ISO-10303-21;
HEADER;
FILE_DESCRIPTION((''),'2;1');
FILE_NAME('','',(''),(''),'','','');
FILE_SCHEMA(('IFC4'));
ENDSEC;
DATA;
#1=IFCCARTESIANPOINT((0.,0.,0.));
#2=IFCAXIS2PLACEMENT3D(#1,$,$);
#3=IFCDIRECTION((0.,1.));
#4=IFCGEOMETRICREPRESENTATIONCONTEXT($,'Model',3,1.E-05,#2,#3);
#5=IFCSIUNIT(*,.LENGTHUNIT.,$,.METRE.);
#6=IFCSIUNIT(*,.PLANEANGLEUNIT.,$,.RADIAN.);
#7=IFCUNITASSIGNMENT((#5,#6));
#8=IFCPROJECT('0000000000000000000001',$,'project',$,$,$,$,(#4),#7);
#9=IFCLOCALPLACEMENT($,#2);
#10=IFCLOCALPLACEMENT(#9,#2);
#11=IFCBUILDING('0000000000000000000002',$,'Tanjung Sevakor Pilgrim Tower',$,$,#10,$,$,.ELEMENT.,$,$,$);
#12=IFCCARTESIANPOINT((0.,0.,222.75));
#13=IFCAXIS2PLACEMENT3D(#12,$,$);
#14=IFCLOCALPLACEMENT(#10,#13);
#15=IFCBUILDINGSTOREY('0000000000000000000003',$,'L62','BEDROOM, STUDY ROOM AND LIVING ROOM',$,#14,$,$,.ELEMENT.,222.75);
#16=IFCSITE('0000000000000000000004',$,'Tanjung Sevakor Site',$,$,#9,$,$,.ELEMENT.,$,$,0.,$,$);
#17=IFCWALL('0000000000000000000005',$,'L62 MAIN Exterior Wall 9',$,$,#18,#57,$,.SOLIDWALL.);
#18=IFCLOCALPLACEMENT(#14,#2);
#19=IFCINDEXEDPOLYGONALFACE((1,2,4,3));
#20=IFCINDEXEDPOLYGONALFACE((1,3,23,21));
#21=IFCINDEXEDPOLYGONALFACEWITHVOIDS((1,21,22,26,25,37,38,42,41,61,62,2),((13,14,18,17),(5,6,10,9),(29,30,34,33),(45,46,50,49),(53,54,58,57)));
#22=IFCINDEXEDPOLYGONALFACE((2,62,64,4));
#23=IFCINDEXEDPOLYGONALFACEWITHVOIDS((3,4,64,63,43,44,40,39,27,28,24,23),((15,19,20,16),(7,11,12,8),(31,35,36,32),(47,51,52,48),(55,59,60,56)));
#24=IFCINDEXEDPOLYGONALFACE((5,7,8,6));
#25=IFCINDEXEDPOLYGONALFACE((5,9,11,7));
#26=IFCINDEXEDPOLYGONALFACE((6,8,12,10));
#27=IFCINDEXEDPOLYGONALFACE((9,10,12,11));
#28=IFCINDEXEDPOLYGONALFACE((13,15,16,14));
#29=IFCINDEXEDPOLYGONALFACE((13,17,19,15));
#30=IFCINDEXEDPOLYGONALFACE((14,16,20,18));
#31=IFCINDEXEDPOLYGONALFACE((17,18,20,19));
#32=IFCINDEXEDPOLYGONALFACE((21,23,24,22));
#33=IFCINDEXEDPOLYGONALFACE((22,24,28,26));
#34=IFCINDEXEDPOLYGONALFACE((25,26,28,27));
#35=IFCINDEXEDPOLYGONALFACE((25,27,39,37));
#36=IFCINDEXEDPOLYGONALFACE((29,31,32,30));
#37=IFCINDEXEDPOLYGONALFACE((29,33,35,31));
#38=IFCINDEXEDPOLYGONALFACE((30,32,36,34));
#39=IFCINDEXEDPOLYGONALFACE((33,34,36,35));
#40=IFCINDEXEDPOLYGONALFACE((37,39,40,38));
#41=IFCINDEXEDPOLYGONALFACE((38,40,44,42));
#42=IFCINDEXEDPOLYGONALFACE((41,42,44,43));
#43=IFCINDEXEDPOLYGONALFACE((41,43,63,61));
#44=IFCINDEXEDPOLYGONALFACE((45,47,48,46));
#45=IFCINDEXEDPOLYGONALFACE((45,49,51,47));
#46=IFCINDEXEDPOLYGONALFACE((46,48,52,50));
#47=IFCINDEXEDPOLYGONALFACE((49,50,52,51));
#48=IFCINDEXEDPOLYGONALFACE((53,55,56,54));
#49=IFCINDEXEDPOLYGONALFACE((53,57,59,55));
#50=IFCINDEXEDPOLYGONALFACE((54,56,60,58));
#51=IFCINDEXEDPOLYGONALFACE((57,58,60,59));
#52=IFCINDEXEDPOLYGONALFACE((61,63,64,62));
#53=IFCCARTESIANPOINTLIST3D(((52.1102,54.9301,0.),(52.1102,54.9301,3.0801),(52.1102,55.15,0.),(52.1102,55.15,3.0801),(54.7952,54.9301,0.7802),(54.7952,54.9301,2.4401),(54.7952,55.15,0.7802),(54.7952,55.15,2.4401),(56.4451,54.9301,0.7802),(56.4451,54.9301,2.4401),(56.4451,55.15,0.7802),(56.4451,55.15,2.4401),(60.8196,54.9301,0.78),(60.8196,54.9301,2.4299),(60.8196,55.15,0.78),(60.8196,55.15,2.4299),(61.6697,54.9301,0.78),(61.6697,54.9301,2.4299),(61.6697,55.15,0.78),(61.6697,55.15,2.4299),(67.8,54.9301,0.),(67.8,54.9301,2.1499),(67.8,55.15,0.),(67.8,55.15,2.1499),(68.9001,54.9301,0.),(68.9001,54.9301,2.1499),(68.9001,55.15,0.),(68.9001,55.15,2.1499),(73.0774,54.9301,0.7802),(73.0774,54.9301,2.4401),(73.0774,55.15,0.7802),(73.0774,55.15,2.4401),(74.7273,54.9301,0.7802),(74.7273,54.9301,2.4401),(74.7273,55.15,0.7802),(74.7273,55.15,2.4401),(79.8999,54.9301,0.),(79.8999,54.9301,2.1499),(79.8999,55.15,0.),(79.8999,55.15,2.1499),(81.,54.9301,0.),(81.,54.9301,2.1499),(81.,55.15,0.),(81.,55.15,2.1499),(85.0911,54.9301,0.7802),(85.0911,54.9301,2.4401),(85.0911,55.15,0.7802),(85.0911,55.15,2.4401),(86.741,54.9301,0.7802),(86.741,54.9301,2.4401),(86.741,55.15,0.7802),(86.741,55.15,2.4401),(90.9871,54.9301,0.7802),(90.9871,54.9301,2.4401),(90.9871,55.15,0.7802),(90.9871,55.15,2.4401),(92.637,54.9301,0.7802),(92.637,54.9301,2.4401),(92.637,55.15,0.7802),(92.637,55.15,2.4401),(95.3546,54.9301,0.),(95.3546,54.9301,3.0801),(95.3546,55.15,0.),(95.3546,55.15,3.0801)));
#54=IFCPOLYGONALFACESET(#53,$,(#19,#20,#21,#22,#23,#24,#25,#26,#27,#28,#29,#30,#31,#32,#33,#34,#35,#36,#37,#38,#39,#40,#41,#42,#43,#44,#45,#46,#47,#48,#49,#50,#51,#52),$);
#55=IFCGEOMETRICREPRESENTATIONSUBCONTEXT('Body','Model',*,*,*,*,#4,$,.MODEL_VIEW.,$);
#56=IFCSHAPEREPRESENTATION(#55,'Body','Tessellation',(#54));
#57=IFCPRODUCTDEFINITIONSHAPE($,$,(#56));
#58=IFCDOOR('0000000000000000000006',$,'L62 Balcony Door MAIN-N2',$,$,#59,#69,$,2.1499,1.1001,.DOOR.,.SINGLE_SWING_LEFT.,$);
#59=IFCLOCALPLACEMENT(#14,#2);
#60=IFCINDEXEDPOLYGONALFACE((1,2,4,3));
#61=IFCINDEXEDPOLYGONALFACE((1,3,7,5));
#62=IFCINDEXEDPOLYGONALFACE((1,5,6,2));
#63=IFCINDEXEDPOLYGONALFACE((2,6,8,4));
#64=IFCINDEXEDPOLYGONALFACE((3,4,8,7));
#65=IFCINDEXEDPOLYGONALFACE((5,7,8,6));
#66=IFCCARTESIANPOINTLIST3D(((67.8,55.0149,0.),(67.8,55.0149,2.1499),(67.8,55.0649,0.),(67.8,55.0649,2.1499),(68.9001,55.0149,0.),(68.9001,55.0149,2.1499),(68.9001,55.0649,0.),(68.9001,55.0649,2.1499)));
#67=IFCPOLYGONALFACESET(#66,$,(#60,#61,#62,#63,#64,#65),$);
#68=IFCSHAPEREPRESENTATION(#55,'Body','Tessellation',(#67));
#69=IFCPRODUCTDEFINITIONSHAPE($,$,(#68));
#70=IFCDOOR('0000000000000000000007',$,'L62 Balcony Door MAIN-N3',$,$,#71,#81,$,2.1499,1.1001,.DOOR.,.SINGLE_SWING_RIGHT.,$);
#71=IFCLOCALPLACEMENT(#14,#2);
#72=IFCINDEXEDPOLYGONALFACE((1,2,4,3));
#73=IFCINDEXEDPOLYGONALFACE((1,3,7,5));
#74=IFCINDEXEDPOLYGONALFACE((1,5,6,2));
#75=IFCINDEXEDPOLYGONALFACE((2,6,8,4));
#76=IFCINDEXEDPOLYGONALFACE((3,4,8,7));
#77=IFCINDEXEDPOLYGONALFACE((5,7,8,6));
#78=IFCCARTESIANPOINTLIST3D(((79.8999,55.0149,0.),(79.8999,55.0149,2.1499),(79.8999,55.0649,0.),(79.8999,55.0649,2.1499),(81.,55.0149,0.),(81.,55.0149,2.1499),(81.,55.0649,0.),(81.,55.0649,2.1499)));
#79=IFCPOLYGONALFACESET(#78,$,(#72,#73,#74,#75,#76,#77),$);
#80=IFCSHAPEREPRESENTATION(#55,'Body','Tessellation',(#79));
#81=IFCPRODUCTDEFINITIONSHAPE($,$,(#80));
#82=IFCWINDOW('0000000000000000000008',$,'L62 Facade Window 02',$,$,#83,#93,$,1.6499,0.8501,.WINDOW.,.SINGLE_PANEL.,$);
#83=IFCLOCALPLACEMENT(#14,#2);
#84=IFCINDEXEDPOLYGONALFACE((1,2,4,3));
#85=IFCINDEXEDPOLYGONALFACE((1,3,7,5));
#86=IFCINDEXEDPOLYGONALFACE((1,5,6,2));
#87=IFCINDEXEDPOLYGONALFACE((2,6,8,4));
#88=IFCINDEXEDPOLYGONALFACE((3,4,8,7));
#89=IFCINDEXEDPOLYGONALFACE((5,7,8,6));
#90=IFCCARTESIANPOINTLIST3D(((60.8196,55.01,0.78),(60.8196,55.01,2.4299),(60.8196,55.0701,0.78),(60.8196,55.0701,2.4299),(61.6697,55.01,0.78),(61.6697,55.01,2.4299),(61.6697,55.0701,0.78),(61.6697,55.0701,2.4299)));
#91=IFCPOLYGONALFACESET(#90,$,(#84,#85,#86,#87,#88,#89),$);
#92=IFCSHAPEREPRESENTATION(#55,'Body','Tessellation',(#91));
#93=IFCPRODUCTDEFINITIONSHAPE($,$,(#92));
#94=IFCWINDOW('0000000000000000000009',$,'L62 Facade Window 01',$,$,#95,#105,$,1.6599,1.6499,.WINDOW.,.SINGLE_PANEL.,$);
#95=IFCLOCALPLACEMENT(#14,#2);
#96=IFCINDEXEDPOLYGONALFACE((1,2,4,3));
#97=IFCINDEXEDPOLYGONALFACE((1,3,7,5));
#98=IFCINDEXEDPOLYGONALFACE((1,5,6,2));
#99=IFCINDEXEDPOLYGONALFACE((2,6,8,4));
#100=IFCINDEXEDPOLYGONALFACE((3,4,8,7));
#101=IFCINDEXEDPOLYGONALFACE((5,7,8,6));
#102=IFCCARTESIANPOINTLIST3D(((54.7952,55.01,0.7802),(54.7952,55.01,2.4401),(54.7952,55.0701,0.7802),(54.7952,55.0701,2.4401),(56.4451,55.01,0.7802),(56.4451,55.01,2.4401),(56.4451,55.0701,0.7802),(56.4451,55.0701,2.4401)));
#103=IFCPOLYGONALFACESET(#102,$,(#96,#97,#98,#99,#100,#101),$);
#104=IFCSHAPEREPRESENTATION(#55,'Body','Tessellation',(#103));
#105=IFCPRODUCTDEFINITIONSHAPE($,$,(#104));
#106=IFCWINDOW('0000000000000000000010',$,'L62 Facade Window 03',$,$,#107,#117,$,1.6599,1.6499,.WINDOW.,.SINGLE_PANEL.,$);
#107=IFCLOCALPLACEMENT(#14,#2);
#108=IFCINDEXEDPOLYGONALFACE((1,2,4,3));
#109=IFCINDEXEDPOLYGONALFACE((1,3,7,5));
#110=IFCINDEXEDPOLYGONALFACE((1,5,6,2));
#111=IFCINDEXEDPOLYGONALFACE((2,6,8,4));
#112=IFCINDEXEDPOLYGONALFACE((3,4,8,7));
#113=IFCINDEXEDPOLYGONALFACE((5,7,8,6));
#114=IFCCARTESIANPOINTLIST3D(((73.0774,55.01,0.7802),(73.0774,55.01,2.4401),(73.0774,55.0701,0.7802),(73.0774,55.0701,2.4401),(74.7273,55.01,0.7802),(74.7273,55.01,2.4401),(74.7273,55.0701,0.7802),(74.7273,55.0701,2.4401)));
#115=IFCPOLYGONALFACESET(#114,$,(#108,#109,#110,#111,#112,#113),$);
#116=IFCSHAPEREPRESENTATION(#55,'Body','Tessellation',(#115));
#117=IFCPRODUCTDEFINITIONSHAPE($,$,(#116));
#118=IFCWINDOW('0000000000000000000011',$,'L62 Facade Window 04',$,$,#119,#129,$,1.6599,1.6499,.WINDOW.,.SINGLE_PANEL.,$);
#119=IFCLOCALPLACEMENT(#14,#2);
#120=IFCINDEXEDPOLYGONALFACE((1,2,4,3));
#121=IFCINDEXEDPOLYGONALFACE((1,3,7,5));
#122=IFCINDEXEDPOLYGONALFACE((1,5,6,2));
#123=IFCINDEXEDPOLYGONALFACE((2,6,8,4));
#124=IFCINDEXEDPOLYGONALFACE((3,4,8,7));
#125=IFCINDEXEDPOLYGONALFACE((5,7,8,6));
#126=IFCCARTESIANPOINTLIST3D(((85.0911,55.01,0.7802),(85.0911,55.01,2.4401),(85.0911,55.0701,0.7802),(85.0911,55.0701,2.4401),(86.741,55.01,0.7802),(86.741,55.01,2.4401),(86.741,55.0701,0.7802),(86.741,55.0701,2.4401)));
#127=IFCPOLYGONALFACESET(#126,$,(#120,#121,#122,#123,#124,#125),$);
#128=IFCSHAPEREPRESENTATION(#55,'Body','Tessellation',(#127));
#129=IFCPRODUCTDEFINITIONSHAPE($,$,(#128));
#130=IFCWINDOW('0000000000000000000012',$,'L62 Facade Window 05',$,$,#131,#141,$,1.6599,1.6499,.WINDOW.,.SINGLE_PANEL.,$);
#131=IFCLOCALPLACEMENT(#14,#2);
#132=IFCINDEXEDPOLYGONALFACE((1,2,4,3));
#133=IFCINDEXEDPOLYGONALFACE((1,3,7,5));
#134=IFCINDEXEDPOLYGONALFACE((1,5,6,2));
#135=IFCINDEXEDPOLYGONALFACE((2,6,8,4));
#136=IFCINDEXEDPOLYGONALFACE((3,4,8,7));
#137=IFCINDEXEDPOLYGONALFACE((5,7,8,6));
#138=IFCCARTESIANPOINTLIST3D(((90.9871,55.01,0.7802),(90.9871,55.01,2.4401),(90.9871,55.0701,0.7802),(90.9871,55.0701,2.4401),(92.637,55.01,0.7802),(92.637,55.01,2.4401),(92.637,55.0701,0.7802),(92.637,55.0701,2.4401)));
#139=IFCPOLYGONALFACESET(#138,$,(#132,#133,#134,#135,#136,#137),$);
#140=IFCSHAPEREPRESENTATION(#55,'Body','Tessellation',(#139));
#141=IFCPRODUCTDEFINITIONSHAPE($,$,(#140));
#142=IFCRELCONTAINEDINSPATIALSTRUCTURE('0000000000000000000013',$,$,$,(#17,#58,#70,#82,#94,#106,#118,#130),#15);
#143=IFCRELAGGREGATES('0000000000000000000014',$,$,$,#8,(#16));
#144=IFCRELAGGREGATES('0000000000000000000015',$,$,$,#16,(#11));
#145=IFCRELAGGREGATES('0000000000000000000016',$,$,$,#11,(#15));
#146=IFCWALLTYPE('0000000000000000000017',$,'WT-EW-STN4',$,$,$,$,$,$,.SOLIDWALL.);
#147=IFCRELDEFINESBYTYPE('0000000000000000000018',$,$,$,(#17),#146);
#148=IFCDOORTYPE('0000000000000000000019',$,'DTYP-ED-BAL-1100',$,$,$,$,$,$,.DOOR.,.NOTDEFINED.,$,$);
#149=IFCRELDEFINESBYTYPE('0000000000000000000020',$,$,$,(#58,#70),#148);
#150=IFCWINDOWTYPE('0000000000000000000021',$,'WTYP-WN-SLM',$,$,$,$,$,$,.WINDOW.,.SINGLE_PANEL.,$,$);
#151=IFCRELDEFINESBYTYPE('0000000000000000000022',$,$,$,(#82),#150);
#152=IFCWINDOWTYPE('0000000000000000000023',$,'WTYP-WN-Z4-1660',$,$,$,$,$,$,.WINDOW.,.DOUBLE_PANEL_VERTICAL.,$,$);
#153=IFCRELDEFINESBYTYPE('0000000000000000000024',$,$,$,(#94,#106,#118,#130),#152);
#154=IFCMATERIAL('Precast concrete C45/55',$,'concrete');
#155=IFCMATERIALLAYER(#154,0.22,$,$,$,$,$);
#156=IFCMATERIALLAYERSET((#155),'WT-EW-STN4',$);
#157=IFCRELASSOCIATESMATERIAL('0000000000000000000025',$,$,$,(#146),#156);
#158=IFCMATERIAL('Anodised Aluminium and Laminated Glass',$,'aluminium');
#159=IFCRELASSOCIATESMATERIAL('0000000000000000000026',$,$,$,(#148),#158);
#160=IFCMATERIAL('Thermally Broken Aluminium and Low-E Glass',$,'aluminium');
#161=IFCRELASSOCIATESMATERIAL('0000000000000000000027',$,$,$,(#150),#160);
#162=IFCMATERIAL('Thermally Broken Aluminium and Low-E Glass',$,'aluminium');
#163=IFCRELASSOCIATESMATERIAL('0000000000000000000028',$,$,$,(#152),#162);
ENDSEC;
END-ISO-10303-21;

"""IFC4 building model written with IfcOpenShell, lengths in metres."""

from ifc_helpers import new_model, si_unit, direction, frame, frame_2d, origin, place, context, subcontext, project, spatial, rectangle, extrude, material, layer, layer_set, type_object, element, fill, save


model = new_model("IFC4")

# Units and contexts
model_context = context("Model", 3, precision=1e-05, world=origin(), true_north=direction((0.0, 1.0)))
body_context = subcontext(model_context, "Body", "Model", "MODEL_VIEW")
ifc_project = project(units=[si_unit("LENGTHUNIT", "METRE"), si_unit("PLANEANGLEUNIT", "RADIAN")], contexts=[model_context])

# Site, building, storey
site_placement = place(None, origin())
site = spatial("IfcSite", under=ifc_project, at=site_placement, Name="Tanjung Sevakor Site", CompositionType="ELEMENT", RefElevation=0.0)
building_placement = place(site_placement, origin())
building = spatial("IfcBuilding", under=site, at=building_placement, Name="Tanjung Sevakor Pilgrim Tower", CompositionType="ELEMENT")
storey_placement = place(building_placement, frame((0.0, 0.0, 222.75)))
storey = spatial("IfcBuildingStorey", under=building, at=storey_placement, Name="L62", Description="BEDROOM, STUDY ROOM AND LIVING ROOM", CompositionType="ELEMENT", Elevation=222.75)

# Wall, openings, doors, windows
ifc_material_1 = material(Name="Precast concrete C45/55", Category="concrete")
ifc_layer_1 = layer(ifc_material_1, 0.22)
ifc_layer_set_1 = layer_set([ifc_layer_1], Name="WT-EW-STN4")
wall_type_1 = type_object("IfcWallType", Name="WT-EW-STN4", PredefinedType="SOLIDWALL", material=ifc_layer_set_1)
wall_1_placement = place(storey_placement, frame((95.3545, 55.04, 0.0), z_axis=(0.0, 0.0, 1.0), x_axis=(-1.0, 0.0, 0.0)))
wall_1 = element("IfcWall", 1, at=wall_1_placement, inside=storey, type_object=wall_type_1, Name="L62 MAIN Exterior Wall 9", PredefinedType="SOLIDWALL", context=body_context, shape_type="SweptSolid", body=[
    extrude(rectangle(XDim=43.2444, YDim=0.22, at=frame_2d((21.6221, 0.0))), origin(), (0.0, 0.0, 1.0), 3.0801),
])
opening_1_placement = place(wall_1_placement, frame((26.4543, 0.0, 0.0)))
opening_1 = element("IfcOpeningElement", 2, at=opening_1_placement, cuts=wall_1, PredefinedType="OPENING", context=body_context, shape_type="SweptSolid", body=[
    extrude(rectangle(XDim=1.1001, YDim=2.1499, at=frame_2d((0.55, 1.075))), frame((0.0, 0.1199, 0.0), z_axis=(0.0, -1.0, 0.0), x_axis=(1.0, 0.0, 0.0)), (0.0, 0.0, 1.0), 0.24),
])
opening_2_placement = place(wall_1_placement, frame((14.3545, 0.0, 0.0)))
opening_2 = element("IfcOpeningElement", 3, at=opening_2_placement, cuts=wall_1, PredefinedType="OPENING", context=body_context, shape_type="SweptSolid", body=[
    extrude(rectangle(XDim=1.1001, YDim=2.1499, at=frame_2d((0.55, 1.075))), frame((0.0, 0.1199, 0.0), z_axis=(0.0, -1.0, 0.0), x_axis=(1.0, 0.0, 0.0)), (0.0, 0.0, 1.0), 0.24),
])
opening_3_placement = place(wall_1_placement, frame((38.9094, 0.0, 0.78)))
opening_3 = element("IfcOpeningElement", 4, at=opening_3_placement, cuts=wall_1, PredefinedType="OPENING", context=body_context, shape_type="SweptSolid", body=[
    extrude(rectangle(XDim=1.6499, YDim=1.6599, at=frame_2d((0.825, 0.8301))), frame((0.0, 0.1199, 0.0), z_axis=(0.0, -1.0, 0.0), x_axis=(1.0, 0.0, 0.0)), (0.0, 0.0, 1.0), 0.24),
])
opening_4_placement = place(wall_1_placement, frame((33.6848, 0.0, 0.78)))
opening_4 = element("IfcOpeningElement", 5, at=opening_4_placement, cuts=wall_1, PredefinedType="OPENING", context=body_context, shape_type="SweptSolid", body=[
    extrude(rectangle(XDim=0.8501, YDim=1.6499, at=frame_2d((0.425, 0.825))), frame((0.0, 0.1199, 0.0), z_axis=(0.0, -1.0, 0.0), x_axis=(1.0, 0.0, 0.0)), (0.0, 0.0, 1.0), 0.24),
])
opening_5_placement = place(wall_1_placement, frame((20.6272, 0.0, 0.78)))
opening_5 = element("IfcOpeningElement", 6, at=opening_5_placement, cuts=wall_1, PredefinedType="OPENING", context=body_context, shape_type="SweptSolid", body=[
    extrude(rectangle(XDim=1.6499, YDim=1.6599, at=frame_2d((0.825, 0.8301))), frame((0.0, 0.1199, 0.0), z_axis=(0.0, -1.0, 0.0), x_axis=(1.0, 0.0, 0.0)), (0.0, 0.0, 1.0), 0.24),
])
opening_6_placement = place(wall_1_placement, frame((8.6135, 0.0, 0.78)))
opening_6 = element("IfcOpeningElement", 7, at=opening_6_placement, cuts=wall_1, PredefinedType="OPENING", context=body_context, shape_type="SweptSolid", body=[
    extrude(rectangle(XDim=1.6499, YDim=1.6599, at=frame_2d((0.825, 0.8301))), frame((0.0, 0.1199, 0.0), z_axis=(0.0, -1.0, 0.0), x_axis=(1.0, 0.0, 0.0)), (0.0, 0.0, 1.0), 0.24),
])
opening_7_placement = place(wall_1_placement, frame((2.7175, 0.0, 0.78)))
opening_7 = element("IfcOpeningElement", 8, at=opening_7_placement, cuts=wall_1, PredefinedType="OPENING", context=body_context, shape_type="SweptSolid", body=[
    extrude(rectangle(XDim=1.6499, YDim=1.6599, at=frame_2d((0.825, 0.8301))), frame((0.0, 0.1199, 0.0), z_axis=(0.0, -1.0, 0.0), x_axis=(1.0, 0.0, 0.0)), (0.0, 0.0, 1.0), 0.24),
])
ifc_material_2 = material(Name="Anodised Aluminium and Laminated Glass", Category="aluminium")
door_type_1 = type_object("IfcDoorType", Name="DTYP-ED-BAL-1100", OperationType="NOTDEFINED", PredefinedType="DOOR", material=ifc_material_2)
door_1_placement = place(opening_1_placement, frame((1.1001, 0.0, 0.0), z_axis=(0.0, 0.0, 1.0), x_axis=(-1.0, 0.0, 0.0)))
door_1 = element("IfcDoor", 9, at=door_1_placement, inside=storey, type_object=door_type_1, Name="L62 Balcony Door MAIN-N2", OperationType="SINGLE_SWING_LEFT", OverallHeight=2.1499, OverallWidth=1.1001, PredefinedType="DOOR", context=body_context, shape_type="SweptSolid", body=[
    extrude(rectangle(XDim=1.1001, YDim=2.1499, at=frame_2d((0.55, 1.075))), frame((0.0, 0.0249, 0.0), z_axis=(0.0, -1.0, 0.0), x_axis=(1.0, 0.0, 0.0)), (0.0, 0.0, 1.0), 0.05),
])
fill(opening_1, door_1)
door_2_placement = place(opening_2_placement, frame((1.1001, 0.0, 0.0), z_axis=(0.0, 0.0, 1.0), x_axis=(-1.0, 0.0, 0.0)))
door_2 = element("IfcDoor", 10, at=door_2_placement, inside=storey, type_object=door_type_1, Name="L62 Balcony Door MAIN-N3", OperationType="SINGLE_SWING_RIGHT", OverallHeight=2.1499, OverallWidth=1.1001, PredefinedType="DOOR", context=body_context, shape_type="SweptSolid", body=[
    extrude(rectangle(XDim=1.1001, YDim=2.1499, at=frame_2d((0.55, 1.075))), frame((0.0, 0.0249, 0.0), z_axis=(0.0, -1.0, 0.0), x_axis=(1.0, 0.0, 0.0)), (0.0, 0.0, 1.0), 0.05),
])
fill(opening_2, door_2)
ifc_material_3 = material(Name="Thermally Broken Aluminium and Low-E Glass", Category="aluminium")
window_type_1 = type_object("IfcWindowType", Name="WTYP-WN-SLM", PartitioningType="SINGLE_PANEL", PredefinedType="WINDOW", material=ifc_material_3)
window_1_placement = place(opening_4_placement, origin())
window_1 = element("IfcWindow", 11, at=window_1_placement, inside=storey, type_object=window_type_1, Name="L62 Facade Window 02", OverallHeight=1.6499, OverallWidth=0.8501, PartitioningType="SINGLE_PANEL", PredefinedType="WINDOW", context=body_context, shape_type="SweptSolid", body=[
    extrude(rectangle(XDim=0.8501, YDim=1.6499, at=frame_2d((0.425, 0.825))), frame((0.0, 0.03, 0.0), z_axis=(0.0, -1.0, 0.0), x_axis=(1.0, 0.0, 0.0)), (0.0, 0.0, 1.0), 0.0601),
])
fill(opening_4, window_1)
ifc_material_4 = material(Name="Thermally Broken Aluminium and Low-E Glass", Category="aluminium")
window_type_2 = type_object("IfcWindowType", Name="WTYP-WN-Z4-1660", PartitioningType="DOUBLE_PANEL_VERTICAL", PredefinedType="WINDOW", material=ifc_material_4)
window_2_placement = place(opening_3_placement, origin())
window_2 = element("IfcWindow", 12, at=window_2_placement, inside=storey, type_object=window_type_2, Name="L62 Facade Window 01", OverallHeight=1.6599, OverallWidth=1.6499, PartitioningType="SINGLE_PANEL", PredefinedType="WINDOW", context=body_context, shape_type="SweptSolid", body=[
    extrude(rectangle(XDim=1.6499, YDim=1.6599, at=frame_2d((0.825, 0.8301))), frame((0.0, 0.03, 0.0), z_axis=(0.0, -1.0, 0.0), x_axis=(1.0, 0.0, 0.0)), (0.0, 0.0, 1.0), 0.0601),
])
fill(opening_3, window_2)
window_3_placement = place(opening_5_placement, origin())
window_3 = element("IfcWindow", 13, at=window_3_placement, inside=storey, type_object=window_type_2, Name="L62 Facade Window 03", OverallHeight=1.6599, OverallWidth=1.6499, PartitioningType="SINGLE_PANEL", PredefinedType="WINDOW", context=body_context, shape_type="SweptSolid", body=[
    extrude(rectangle(XDim=1.6499, YDim=1.6599, at=frame_2d((0.825, 0.8301))), frame((0.0, 0.03, 0.0), z_axis=(0.0, -1.0, 0.0), x_axis=(1.0, 0.0, 0.0)), (0.0, 0.0, 1.0), 0.0601),
])
fill(opening_5, window_3)
window_4_placement = place(opening_6_placement, origin())
window_4 = element("IfcWindow", 14, at=window_4_placement, inside=storey, type_object=window_type_2, Name="L62 Facade Window 04", OverallHeight=1.6599, OverallWidth=1.6499, PartitioningType="SINGLE_PANEL", PredefinedType="WINDOW", context=body_context, shape_type="SweptSolid", body=[
    extrude(rectangle(XDim=1.6499, YDim=1.6599, at=frame_2d((0.825, 0.8301))), frame((0.0, 0.03, 0.0), z_axis=(0.0, -1.0, 0.0), x_axis=(1.0, 0.0, 0.0)), (0.0, 0.0, 1.0), 0.0601),
])
fill(opening_6, window_4)
window_5_placement = place(opening_7_placement, origin())
window_5 = element("IfcWindow", 15, at=window_5_placement, inside=storey, type_object=window_type_2, Name="L62 Facade Window 05", OverallHeight=1.6599, OverallWidth=1.6499, PartitioningType="SINGLE_PANEL", PredefinedType="WINDOW", context=body_context, shape_type="SweptSolid", body=[
    extrude(rectangle(XDim=1.6499, YDim=1.6599, at=frame_2d((0.825, 0.8301))), frame((0.0, 0.03, 0.0), z_axis=(0.0, -1.0, 0.0), x_axis=(1.0, 0.0, 0.0)), (0.0, 0.0, 1.0), 0.0601),
])
fill(opening_7, window_5)

save(model, "model.ifc")
